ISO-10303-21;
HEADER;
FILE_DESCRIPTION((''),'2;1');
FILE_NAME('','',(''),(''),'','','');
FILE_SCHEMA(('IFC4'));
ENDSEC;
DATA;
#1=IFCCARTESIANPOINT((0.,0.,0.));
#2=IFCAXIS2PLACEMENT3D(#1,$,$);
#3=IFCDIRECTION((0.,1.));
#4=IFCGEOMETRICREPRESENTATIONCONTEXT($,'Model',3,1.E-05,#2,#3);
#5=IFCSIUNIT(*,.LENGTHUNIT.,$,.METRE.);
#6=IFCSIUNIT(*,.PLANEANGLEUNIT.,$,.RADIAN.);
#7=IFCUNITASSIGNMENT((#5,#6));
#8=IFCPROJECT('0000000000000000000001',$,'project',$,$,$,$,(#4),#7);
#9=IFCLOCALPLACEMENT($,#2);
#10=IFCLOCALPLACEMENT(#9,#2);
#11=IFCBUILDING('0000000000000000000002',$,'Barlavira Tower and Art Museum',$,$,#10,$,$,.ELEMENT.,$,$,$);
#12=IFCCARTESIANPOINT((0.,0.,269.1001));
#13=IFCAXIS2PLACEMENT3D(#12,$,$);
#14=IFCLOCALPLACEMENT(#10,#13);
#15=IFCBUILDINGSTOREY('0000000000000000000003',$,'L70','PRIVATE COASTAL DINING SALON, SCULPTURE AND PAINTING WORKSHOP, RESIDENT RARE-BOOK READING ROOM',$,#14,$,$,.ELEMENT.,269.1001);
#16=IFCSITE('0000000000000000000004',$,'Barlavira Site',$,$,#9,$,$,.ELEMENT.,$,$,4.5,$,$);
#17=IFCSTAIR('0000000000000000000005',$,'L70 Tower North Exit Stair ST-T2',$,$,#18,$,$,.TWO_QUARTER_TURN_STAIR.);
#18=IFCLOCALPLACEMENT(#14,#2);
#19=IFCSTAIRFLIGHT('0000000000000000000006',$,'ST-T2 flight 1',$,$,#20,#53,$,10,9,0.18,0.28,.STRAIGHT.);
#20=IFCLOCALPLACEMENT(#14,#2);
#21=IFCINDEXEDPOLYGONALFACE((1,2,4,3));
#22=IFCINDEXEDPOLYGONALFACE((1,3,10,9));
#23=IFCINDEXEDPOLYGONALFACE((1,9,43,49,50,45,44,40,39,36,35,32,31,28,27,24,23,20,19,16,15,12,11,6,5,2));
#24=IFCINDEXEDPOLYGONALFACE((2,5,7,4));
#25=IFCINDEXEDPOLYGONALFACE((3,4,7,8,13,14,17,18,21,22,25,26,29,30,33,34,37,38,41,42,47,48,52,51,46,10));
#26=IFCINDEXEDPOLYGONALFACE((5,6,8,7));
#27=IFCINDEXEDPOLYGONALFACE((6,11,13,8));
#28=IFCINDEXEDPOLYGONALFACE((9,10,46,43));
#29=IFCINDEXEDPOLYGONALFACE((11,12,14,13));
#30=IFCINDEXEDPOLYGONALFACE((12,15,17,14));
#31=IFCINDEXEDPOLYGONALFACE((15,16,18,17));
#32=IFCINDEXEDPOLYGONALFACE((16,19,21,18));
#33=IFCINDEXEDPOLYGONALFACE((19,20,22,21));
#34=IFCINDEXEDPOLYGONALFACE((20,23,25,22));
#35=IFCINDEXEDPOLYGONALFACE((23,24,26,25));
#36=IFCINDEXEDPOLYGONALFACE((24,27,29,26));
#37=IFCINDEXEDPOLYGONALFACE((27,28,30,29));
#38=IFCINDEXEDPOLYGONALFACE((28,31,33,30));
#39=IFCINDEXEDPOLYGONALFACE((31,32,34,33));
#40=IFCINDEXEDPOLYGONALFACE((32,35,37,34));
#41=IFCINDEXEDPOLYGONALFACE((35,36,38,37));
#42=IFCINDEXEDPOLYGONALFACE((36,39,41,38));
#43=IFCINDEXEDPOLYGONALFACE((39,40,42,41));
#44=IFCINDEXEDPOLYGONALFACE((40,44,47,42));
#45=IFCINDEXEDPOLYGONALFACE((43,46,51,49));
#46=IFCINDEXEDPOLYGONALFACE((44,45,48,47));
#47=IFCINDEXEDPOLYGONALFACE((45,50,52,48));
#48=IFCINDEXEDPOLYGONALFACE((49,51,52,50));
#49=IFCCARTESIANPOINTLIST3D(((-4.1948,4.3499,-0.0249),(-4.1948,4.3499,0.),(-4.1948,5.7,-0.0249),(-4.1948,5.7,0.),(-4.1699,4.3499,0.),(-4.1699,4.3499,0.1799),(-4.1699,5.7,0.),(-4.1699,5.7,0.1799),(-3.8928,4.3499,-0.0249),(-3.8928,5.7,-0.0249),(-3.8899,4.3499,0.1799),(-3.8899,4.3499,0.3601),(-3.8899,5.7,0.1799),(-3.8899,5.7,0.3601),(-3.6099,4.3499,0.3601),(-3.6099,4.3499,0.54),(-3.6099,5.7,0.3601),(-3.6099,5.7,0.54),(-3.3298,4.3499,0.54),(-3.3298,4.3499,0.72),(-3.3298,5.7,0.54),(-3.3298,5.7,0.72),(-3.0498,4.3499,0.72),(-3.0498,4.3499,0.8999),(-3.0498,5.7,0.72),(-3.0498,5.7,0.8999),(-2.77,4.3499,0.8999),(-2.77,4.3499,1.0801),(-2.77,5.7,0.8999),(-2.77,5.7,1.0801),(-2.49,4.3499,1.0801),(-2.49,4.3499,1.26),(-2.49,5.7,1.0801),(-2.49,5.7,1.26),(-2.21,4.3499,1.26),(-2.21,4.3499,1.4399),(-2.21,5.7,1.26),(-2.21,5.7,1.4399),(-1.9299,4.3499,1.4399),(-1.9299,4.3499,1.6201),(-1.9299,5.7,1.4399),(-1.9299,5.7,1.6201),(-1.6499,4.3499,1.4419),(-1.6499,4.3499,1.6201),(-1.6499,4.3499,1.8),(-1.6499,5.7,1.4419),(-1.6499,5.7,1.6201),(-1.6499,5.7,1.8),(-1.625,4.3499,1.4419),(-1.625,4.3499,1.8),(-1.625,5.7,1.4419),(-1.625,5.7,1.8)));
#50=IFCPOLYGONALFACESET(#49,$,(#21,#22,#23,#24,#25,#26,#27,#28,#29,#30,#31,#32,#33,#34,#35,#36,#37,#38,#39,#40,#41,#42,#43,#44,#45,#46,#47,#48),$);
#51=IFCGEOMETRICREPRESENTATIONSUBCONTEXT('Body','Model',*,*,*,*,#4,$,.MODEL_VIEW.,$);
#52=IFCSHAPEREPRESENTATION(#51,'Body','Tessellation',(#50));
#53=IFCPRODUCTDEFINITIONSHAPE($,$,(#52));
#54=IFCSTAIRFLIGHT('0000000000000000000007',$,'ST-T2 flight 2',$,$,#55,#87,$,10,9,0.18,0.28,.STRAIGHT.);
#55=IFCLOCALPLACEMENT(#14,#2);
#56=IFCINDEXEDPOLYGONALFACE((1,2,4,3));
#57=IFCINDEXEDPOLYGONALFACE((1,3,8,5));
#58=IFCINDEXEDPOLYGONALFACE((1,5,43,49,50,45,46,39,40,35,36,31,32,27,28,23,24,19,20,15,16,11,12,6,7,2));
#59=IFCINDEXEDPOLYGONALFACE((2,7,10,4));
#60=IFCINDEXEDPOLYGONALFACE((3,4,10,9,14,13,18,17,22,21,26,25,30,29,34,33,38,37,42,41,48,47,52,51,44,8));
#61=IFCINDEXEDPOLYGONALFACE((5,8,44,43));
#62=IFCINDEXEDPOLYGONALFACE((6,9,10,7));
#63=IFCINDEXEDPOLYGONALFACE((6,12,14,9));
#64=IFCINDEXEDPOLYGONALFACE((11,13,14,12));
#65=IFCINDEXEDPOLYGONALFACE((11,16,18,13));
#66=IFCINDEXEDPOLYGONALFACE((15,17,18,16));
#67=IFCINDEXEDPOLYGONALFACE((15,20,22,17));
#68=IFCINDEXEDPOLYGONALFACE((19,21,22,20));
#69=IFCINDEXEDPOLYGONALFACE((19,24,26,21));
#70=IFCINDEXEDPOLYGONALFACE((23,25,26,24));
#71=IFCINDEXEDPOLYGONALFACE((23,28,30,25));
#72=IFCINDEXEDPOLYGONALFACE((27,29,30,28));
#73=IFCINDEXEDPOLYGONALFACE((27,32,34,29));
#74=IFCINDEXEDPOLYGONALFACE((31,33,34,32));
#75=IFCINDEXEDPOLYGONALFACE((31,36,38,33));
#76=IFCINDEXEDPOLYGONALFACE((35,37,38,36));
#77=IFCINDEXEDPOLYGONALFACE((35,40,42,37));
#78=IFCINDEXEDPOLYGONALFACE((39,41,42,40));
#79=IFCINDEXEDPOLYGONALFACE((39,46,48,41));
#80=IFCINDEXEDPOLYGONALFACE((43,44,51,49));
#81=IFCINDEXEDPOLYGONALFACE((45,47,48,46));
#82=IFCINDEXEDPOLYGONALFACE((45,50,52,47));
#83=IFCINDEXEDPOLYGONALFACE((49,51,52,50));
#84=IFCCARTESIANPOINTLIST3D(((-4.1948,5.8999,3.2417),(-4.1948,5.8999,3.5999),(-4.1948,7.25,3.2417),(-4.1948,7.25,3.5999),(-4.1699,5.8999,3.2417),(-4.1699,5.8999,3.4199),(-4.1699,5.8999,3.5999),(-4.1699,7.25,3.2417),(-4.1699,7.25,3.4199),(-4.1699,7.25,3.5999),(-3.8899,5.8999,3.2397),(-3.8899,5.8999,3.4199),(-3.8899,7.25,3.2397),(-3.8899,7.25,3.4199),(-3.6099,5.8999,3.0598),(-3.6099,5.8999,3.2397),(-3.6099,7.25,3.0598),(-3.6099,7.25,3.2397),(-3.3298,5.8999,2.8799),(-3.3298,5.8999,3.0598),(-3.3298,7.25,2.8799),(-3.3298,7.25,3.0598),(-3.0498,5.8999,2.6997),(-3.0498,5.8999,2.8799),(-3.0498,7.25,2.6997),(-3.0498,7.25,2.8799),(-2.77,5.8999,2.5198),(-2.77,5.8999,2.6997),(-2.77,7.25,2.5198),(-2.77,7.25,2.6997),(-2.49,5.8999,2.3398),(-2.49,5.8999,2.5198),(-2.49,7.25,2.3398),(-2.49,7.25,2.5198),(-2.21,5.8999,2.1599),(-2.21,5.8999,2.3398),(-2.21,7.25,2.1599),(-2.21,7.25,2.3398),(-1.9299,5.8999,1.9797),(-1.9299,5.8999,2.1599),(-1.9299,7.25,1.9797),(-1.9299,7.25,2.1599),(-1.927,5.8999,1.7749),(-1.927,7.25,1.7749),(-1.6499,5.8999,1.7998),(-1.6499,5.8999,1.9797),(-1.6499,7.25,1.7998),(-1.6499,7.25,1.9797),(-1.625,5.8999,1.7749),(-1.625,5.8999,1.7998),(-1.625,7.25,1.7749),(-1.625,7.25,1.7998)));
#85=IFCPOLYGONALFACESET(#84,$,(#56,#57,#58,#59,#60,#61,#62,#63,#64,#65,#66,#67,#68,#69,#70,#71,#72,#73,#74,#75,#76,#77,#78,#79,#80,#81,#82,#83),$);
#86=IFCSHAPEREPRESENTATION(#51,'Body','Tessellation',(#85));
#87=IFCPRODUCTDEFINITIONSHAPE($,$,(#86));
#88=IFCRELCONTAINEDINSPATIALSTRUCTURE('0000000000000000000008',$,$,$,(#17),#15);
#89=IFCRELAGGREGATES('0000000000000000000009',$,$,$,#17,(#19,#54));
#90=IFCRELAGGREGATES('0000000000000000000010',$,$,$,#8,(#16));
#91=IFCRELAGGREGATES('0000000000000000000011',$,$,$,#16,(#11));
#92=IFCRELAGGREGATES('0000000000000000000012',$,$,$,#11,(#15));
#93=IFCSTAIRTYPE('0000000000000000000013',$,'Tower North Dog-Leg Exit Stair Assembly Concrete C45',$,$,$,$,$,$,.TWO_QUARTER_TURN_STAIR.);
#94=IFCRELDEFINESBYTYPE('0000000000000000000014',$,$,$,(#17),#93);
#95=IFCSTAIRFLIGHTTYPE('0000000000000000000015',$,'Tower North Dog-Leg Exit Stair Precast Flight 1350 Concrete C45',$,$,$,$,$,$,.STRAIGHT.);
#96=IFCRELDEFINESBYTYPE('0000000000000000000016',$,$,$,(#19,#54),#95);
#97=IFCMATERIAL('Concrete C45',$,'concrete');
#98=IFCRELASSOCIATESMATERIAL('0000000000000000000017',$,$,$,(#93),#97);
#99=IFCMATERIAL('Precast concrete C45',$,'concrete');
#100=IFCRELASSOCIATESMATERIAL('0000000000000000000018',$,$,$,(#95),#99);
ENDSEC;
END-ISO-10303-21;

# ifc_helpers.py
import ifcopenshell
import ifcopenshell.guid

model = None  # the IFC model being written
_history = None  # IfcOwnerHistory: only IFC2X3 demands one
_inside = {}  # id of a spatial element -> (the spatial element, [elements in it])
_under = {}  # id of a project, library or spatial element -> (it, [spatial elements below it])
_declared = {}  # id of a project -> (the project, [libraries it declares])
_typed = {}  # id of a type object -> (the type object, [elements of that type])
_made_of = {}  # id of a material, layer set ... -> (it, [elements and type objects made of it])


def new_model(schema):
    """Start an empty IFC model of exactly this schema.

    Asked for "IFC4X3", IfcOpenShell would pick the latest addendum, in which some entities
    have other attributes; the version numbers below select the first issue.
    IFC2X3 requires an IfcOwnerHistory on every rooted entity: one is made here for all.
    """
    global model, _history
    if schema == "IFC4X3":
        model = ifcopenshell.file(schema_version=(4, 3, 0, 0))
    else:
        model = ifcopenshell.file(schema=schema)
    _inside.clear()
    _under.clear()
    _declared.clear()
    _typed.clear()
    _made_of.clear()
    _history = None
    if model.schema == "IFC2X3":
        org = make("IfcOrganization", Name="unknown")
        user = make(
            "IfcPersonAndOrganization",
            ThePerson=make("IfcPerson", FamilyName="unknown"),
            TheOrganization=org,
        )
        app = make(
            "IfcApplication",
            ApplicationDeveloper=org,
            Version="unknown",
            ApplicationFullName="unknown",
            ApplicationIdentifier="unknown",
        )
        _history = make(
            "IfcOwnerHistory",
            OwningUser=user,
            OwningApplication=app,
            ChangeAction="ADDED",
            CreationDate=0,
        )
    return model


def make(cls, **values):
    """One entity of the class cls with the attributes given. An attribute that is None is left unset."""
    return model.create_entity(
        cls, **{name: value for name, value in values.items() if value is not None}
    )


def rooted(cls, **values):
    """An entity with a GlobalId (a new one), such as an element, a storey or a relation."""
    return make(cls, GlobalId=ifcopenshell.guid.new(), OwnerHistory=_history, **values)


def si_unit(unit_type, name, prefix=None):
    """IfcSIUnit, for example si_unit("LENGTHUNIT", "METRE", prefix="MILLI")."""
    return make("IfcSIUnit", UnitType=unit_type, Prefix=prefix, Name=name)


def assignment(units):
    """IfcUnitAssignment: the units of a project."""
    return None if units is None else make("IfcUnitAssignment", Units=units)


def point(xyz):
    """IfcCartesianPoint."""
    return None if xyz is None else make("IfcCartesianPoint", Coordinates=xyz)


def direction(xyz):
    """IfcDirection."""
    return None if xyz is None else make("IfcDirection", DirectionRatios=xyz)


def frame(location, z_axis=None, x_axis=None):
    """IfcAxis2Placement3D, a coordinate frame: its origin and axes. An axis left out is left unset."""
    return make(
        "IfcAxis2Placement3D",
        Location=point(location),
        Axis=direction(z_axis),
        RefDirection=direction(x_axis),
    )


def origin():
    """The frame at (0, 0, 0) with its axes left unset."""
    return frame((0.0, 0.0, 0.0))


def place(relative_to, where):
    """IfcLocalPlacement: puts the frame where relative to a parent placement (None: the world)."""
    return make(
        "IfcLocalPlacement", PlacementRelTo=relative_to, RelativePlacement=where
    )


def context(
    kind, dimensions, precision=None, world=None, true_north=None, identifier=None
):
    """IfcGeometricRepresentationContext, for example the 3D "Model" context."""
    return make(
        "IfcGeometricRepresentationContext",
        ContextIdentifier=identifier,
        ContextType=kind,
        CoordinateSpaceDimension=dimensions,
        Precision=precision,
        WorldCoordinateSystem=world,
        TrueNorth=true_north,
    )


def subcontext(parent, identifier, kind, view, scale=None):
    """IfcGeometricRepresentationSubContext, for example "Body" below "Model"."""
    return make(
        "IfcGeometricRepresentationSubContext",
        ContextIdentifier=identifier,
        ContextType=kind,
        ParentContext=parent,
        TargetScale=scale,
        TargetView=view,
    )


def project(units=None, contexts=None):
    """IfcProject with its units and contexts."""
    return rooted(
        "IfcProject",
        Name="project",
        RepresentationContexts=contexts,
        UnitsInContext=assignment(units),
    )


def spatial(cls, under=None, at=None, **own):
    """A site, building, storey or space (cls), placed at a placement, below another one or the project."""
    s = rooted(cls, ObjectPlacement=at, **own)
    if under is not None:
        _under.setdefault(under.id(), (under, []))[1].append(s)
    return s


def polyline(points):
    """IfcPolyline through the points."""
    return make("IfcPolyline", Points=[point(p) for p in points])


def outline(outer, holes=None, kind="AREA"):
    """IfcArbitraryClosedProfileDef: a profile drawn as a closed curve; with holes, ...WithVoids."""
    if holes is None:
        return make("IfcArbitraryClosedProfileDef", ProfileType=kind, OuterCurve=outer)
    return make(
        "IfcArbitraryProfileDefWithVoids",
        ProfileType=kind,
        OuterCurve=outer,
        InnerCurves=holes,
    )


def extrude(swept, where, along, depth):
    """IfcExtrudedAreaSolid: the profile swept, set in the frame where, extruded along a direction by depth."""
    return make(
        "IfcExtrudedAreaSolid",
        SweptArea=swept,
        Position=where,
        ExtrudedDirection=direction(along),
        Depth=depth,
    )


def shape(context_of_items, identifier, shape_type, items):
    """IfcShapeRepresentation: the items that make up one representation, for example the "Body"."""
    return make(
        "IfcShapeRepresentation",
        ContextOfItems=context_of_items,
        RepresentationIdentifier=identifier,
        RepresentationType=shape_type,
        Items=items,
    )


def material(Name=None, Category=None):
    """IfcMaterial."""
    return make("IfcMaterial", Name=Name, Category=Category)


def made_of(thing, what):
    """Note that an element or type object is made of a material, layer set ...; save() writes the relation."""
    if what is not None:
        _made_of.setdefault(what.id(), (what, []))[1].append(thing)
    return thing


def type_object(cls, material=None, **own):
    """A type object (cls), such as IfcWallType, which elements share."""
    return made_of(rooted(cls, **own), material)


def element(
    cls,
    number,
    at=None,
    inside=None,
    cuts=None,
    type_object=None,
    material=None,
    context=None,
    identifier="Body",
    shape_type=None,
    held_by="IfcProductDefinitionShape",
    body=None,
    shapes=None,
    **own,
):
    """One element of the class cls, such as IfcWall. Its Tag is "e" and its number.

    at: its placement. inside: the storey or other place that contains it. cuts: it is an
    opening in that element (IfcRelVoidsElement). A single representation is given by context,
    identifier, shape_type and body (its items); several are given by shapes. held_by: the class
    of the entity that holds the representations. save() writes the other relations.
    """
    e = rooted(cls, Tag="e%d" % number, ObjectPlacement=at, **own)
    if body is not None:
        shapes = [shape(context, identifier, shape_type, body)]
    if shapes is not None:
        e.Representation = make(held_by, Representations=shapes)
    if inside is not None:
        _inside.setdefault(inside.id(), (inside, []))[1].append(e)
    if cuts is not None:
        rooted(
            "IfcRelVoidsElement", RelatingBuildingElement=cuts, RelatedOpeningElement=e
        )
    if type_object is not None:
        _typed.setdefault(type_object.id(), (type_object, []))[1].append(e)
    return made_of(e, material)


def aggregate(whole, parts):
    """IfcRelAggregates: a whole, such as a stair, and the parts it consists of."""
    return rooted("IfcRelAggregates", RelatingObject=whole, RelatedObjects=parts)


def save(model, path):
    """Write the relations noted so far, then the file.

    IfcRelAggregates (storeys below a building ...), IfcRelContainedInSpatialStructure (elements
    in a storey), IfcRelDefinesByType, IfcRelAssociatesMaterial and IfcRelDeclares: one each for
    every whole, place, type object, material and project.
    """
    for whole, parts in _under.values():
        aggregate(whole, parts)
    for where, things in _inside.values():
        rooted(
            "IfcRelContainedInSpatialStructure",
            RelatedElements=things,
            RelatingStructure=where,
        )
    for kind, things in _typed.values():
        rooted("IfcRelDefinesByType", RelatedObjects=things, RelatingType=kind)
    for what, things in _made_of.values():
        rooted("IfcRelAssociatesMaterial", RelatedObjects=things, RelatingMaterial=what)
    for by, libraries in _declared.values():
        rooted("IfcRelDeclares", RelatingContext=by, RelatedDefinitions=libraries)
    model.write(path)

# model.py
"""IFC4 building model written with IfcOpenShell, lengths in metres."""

from ifc_helpers import new_model, si_unit, direction, frame, origin, place, context, subcontext, project, spatial, polyline, outline, extrude, material, type_object, element, aggregate, save


model = new_model("IFC4")

# Units and contexts
model_context = context("Model", 3, precision=1e-05, world=origin(), true_north=direction((0.0, 1.0)))
body_context = subcontext(model_context, "Body", "Model", "MODEL_VIEW")
ifc_project = project(units=[si_unit("LENGTHUNIT", "METRE"), si_unit("PLANEANGLEUNIT", "RADIAN")], contexts=[model_context])

# Site, building, storey
site_placement = place(None, origin())
site = spatial("IfcSite", under=ifc_project, at=site_placement, Name="Barlavira Site", CompositionType="ELEMENT", RefElevation=4.5)
building_placement = place(site_placement, origin())
building = spatial("IfcBuilding", under=site, at=building_placement, Name="Barlavira Tower and Art Museum", CompositionType="ELEMENT")
storey_placement = place(building_placement, frame((0.0, 0.0, 269.1001)))
storey = spatial("IfcBuildingStorey", under=building, at=storey_placement, Name="L70", Description="PRIVATE COASTAL DINING SALON, SCULPTURE AND PAINTING WORKSHOP, RESIDENT RARE-BOOK READING ROOM", CompositionType="ELEMENT", Elevation=269.1001)

# Stair
ifc_material_1 = material(Name="Concrete C45", Category="concrete")
stair_type_1 = type_object("IfcStairType", Name="Tower North Dog-Leg Exit Stair Assembly Concrete C45", PredefinedType="TWO_QUARTER_TURN_STAIR", material=ifc_material_1)
stair_1_placement = place(storey_placement, origin())
stair_1 = element("IfcStair", 1, at=stair_1_placement, inside=storey, type_object=stair_type_1, Name="L70 Tower North Exit Stair ST-T2", PredefinedType="TWO_QUARTER_TURN_STAIR")

# Stair flights
ifc_material_2 = material(Name="Precast concrete C45", Category="concrete")
stair_flight_type = type_object("IfcStairFlightType", Name="Tower North Dog-Leg Exit Stair Precast Flight 1350 Concrete C45", PredefinedType="STRAIGHT", material=ifc_material_2)
stair_flight_1_placement = place(storey_placement, frame((-4.1699, 5.0249, 0.0), z_axis=(0.0, 0.0, 1.0), x_axis=(1.0, 0.0, 0.0)))
stair_flight_1 = element("IfcStairFlight", 2, at=stair_flight_1_placement, type_object=stair_flight_type, Name="ST-T2 flight 1", NumberOfRisers=10, NumberOfTreads=9, PredefinedType="STRAIGHT", RiserHeight=0.18, TreadLength=0.28, context=body_context, shape_type="SweptSolid", body=[
    extrude(outline(polyline([(-0.0249, 0.0), (0.0, 0.0), (0.0, 0.1799), (0.28, 0.1799), (0.28, 0.3601), (0.5601, 0.3601), (0.5601, 0.54), (0.8401, 0.54), (0.8401, 0.72), (1.1201, 0.72), (1.1201, 0.8999), (1.3999, 0.8999), (1.3999, 1.0801), (1.6799, 1.0801), (1.6799, 1.26), (1.96, 1.26), (1.96, 1.4399), (2.24, 1.4399), (2.24, 1.6201), (2.52, 1.6201), (2.52, 1.8), (2.5449, 1.8), (2.5449, 1.4419), (2.52, 1.4419), (0.2771, -0.0249), (-0.0249, -0.0249), (-0.0249, 0.0)])), frame((0.0, 0.675, 0.0), z_axis=(0.0, -1.0, 0.0), x_axis=(1.0, 0.0, 0.0)), (0.0, 0.0, 1.0), 1.3501),
])
stair_flight_2_placement = place(storey_placement, frame((-1.6499, 6.575, 1.7998), z_axis=(0.0, 0.0, 1.0), x_axis=(-1.0, 0.0, 0.0)))
stair_flight_2 = element("IfcStairFlight", 3, at=stair_flight_2_placement, type_object=stair_flight_type, Name="ST-T2 flight 2", NumberOfRisers=10, NumberOfTreads=9, PredefinedType="STRAIGHT", RiserHeight=0.18, TreadLength=0.28, context=body_context, shape_type="SweptSolid", body=[
    extrude(outline(polyline([(-0.0249, 0.0), (0.0, 0.0), (0.0, 0.1799), (0.28, 0.1799), (0.28, 0.3601), (0.5601, 0.3601), (0.5601, 0.54), (0.8401, 0.54), (0.8401, 0.72), (1.1201, 0.72), (1.1201, 0.8999), (1.3999, 0.8999), (1.3999, 1.0801), (1.6799, 1.0801), (1.6799, 1.26), (1.96, 1.26), (1.96, 1.4399), (2.24, 1.4399), (2.24, 1.6201), (2.52, 1.6201), (2.52, 1.8), (2.5449, 1.8), (2.5449, 1.4419), (2.52, 1.4419), (0.2771, -0.0249), (-0.0249, -0.0249), (-0.0249, 0.0)])), frame((0.0, 0.675, 0.0), z_axis=(0.0, -1.0, 0.0), x_axis=(1.0, 0.0, 0.0)), (0.0, 0.0, 1.0), 1.3501),
])
aggregate(stair_1, [stair_flight_1, stair_flight_2])

save(model, "model.ifc")
